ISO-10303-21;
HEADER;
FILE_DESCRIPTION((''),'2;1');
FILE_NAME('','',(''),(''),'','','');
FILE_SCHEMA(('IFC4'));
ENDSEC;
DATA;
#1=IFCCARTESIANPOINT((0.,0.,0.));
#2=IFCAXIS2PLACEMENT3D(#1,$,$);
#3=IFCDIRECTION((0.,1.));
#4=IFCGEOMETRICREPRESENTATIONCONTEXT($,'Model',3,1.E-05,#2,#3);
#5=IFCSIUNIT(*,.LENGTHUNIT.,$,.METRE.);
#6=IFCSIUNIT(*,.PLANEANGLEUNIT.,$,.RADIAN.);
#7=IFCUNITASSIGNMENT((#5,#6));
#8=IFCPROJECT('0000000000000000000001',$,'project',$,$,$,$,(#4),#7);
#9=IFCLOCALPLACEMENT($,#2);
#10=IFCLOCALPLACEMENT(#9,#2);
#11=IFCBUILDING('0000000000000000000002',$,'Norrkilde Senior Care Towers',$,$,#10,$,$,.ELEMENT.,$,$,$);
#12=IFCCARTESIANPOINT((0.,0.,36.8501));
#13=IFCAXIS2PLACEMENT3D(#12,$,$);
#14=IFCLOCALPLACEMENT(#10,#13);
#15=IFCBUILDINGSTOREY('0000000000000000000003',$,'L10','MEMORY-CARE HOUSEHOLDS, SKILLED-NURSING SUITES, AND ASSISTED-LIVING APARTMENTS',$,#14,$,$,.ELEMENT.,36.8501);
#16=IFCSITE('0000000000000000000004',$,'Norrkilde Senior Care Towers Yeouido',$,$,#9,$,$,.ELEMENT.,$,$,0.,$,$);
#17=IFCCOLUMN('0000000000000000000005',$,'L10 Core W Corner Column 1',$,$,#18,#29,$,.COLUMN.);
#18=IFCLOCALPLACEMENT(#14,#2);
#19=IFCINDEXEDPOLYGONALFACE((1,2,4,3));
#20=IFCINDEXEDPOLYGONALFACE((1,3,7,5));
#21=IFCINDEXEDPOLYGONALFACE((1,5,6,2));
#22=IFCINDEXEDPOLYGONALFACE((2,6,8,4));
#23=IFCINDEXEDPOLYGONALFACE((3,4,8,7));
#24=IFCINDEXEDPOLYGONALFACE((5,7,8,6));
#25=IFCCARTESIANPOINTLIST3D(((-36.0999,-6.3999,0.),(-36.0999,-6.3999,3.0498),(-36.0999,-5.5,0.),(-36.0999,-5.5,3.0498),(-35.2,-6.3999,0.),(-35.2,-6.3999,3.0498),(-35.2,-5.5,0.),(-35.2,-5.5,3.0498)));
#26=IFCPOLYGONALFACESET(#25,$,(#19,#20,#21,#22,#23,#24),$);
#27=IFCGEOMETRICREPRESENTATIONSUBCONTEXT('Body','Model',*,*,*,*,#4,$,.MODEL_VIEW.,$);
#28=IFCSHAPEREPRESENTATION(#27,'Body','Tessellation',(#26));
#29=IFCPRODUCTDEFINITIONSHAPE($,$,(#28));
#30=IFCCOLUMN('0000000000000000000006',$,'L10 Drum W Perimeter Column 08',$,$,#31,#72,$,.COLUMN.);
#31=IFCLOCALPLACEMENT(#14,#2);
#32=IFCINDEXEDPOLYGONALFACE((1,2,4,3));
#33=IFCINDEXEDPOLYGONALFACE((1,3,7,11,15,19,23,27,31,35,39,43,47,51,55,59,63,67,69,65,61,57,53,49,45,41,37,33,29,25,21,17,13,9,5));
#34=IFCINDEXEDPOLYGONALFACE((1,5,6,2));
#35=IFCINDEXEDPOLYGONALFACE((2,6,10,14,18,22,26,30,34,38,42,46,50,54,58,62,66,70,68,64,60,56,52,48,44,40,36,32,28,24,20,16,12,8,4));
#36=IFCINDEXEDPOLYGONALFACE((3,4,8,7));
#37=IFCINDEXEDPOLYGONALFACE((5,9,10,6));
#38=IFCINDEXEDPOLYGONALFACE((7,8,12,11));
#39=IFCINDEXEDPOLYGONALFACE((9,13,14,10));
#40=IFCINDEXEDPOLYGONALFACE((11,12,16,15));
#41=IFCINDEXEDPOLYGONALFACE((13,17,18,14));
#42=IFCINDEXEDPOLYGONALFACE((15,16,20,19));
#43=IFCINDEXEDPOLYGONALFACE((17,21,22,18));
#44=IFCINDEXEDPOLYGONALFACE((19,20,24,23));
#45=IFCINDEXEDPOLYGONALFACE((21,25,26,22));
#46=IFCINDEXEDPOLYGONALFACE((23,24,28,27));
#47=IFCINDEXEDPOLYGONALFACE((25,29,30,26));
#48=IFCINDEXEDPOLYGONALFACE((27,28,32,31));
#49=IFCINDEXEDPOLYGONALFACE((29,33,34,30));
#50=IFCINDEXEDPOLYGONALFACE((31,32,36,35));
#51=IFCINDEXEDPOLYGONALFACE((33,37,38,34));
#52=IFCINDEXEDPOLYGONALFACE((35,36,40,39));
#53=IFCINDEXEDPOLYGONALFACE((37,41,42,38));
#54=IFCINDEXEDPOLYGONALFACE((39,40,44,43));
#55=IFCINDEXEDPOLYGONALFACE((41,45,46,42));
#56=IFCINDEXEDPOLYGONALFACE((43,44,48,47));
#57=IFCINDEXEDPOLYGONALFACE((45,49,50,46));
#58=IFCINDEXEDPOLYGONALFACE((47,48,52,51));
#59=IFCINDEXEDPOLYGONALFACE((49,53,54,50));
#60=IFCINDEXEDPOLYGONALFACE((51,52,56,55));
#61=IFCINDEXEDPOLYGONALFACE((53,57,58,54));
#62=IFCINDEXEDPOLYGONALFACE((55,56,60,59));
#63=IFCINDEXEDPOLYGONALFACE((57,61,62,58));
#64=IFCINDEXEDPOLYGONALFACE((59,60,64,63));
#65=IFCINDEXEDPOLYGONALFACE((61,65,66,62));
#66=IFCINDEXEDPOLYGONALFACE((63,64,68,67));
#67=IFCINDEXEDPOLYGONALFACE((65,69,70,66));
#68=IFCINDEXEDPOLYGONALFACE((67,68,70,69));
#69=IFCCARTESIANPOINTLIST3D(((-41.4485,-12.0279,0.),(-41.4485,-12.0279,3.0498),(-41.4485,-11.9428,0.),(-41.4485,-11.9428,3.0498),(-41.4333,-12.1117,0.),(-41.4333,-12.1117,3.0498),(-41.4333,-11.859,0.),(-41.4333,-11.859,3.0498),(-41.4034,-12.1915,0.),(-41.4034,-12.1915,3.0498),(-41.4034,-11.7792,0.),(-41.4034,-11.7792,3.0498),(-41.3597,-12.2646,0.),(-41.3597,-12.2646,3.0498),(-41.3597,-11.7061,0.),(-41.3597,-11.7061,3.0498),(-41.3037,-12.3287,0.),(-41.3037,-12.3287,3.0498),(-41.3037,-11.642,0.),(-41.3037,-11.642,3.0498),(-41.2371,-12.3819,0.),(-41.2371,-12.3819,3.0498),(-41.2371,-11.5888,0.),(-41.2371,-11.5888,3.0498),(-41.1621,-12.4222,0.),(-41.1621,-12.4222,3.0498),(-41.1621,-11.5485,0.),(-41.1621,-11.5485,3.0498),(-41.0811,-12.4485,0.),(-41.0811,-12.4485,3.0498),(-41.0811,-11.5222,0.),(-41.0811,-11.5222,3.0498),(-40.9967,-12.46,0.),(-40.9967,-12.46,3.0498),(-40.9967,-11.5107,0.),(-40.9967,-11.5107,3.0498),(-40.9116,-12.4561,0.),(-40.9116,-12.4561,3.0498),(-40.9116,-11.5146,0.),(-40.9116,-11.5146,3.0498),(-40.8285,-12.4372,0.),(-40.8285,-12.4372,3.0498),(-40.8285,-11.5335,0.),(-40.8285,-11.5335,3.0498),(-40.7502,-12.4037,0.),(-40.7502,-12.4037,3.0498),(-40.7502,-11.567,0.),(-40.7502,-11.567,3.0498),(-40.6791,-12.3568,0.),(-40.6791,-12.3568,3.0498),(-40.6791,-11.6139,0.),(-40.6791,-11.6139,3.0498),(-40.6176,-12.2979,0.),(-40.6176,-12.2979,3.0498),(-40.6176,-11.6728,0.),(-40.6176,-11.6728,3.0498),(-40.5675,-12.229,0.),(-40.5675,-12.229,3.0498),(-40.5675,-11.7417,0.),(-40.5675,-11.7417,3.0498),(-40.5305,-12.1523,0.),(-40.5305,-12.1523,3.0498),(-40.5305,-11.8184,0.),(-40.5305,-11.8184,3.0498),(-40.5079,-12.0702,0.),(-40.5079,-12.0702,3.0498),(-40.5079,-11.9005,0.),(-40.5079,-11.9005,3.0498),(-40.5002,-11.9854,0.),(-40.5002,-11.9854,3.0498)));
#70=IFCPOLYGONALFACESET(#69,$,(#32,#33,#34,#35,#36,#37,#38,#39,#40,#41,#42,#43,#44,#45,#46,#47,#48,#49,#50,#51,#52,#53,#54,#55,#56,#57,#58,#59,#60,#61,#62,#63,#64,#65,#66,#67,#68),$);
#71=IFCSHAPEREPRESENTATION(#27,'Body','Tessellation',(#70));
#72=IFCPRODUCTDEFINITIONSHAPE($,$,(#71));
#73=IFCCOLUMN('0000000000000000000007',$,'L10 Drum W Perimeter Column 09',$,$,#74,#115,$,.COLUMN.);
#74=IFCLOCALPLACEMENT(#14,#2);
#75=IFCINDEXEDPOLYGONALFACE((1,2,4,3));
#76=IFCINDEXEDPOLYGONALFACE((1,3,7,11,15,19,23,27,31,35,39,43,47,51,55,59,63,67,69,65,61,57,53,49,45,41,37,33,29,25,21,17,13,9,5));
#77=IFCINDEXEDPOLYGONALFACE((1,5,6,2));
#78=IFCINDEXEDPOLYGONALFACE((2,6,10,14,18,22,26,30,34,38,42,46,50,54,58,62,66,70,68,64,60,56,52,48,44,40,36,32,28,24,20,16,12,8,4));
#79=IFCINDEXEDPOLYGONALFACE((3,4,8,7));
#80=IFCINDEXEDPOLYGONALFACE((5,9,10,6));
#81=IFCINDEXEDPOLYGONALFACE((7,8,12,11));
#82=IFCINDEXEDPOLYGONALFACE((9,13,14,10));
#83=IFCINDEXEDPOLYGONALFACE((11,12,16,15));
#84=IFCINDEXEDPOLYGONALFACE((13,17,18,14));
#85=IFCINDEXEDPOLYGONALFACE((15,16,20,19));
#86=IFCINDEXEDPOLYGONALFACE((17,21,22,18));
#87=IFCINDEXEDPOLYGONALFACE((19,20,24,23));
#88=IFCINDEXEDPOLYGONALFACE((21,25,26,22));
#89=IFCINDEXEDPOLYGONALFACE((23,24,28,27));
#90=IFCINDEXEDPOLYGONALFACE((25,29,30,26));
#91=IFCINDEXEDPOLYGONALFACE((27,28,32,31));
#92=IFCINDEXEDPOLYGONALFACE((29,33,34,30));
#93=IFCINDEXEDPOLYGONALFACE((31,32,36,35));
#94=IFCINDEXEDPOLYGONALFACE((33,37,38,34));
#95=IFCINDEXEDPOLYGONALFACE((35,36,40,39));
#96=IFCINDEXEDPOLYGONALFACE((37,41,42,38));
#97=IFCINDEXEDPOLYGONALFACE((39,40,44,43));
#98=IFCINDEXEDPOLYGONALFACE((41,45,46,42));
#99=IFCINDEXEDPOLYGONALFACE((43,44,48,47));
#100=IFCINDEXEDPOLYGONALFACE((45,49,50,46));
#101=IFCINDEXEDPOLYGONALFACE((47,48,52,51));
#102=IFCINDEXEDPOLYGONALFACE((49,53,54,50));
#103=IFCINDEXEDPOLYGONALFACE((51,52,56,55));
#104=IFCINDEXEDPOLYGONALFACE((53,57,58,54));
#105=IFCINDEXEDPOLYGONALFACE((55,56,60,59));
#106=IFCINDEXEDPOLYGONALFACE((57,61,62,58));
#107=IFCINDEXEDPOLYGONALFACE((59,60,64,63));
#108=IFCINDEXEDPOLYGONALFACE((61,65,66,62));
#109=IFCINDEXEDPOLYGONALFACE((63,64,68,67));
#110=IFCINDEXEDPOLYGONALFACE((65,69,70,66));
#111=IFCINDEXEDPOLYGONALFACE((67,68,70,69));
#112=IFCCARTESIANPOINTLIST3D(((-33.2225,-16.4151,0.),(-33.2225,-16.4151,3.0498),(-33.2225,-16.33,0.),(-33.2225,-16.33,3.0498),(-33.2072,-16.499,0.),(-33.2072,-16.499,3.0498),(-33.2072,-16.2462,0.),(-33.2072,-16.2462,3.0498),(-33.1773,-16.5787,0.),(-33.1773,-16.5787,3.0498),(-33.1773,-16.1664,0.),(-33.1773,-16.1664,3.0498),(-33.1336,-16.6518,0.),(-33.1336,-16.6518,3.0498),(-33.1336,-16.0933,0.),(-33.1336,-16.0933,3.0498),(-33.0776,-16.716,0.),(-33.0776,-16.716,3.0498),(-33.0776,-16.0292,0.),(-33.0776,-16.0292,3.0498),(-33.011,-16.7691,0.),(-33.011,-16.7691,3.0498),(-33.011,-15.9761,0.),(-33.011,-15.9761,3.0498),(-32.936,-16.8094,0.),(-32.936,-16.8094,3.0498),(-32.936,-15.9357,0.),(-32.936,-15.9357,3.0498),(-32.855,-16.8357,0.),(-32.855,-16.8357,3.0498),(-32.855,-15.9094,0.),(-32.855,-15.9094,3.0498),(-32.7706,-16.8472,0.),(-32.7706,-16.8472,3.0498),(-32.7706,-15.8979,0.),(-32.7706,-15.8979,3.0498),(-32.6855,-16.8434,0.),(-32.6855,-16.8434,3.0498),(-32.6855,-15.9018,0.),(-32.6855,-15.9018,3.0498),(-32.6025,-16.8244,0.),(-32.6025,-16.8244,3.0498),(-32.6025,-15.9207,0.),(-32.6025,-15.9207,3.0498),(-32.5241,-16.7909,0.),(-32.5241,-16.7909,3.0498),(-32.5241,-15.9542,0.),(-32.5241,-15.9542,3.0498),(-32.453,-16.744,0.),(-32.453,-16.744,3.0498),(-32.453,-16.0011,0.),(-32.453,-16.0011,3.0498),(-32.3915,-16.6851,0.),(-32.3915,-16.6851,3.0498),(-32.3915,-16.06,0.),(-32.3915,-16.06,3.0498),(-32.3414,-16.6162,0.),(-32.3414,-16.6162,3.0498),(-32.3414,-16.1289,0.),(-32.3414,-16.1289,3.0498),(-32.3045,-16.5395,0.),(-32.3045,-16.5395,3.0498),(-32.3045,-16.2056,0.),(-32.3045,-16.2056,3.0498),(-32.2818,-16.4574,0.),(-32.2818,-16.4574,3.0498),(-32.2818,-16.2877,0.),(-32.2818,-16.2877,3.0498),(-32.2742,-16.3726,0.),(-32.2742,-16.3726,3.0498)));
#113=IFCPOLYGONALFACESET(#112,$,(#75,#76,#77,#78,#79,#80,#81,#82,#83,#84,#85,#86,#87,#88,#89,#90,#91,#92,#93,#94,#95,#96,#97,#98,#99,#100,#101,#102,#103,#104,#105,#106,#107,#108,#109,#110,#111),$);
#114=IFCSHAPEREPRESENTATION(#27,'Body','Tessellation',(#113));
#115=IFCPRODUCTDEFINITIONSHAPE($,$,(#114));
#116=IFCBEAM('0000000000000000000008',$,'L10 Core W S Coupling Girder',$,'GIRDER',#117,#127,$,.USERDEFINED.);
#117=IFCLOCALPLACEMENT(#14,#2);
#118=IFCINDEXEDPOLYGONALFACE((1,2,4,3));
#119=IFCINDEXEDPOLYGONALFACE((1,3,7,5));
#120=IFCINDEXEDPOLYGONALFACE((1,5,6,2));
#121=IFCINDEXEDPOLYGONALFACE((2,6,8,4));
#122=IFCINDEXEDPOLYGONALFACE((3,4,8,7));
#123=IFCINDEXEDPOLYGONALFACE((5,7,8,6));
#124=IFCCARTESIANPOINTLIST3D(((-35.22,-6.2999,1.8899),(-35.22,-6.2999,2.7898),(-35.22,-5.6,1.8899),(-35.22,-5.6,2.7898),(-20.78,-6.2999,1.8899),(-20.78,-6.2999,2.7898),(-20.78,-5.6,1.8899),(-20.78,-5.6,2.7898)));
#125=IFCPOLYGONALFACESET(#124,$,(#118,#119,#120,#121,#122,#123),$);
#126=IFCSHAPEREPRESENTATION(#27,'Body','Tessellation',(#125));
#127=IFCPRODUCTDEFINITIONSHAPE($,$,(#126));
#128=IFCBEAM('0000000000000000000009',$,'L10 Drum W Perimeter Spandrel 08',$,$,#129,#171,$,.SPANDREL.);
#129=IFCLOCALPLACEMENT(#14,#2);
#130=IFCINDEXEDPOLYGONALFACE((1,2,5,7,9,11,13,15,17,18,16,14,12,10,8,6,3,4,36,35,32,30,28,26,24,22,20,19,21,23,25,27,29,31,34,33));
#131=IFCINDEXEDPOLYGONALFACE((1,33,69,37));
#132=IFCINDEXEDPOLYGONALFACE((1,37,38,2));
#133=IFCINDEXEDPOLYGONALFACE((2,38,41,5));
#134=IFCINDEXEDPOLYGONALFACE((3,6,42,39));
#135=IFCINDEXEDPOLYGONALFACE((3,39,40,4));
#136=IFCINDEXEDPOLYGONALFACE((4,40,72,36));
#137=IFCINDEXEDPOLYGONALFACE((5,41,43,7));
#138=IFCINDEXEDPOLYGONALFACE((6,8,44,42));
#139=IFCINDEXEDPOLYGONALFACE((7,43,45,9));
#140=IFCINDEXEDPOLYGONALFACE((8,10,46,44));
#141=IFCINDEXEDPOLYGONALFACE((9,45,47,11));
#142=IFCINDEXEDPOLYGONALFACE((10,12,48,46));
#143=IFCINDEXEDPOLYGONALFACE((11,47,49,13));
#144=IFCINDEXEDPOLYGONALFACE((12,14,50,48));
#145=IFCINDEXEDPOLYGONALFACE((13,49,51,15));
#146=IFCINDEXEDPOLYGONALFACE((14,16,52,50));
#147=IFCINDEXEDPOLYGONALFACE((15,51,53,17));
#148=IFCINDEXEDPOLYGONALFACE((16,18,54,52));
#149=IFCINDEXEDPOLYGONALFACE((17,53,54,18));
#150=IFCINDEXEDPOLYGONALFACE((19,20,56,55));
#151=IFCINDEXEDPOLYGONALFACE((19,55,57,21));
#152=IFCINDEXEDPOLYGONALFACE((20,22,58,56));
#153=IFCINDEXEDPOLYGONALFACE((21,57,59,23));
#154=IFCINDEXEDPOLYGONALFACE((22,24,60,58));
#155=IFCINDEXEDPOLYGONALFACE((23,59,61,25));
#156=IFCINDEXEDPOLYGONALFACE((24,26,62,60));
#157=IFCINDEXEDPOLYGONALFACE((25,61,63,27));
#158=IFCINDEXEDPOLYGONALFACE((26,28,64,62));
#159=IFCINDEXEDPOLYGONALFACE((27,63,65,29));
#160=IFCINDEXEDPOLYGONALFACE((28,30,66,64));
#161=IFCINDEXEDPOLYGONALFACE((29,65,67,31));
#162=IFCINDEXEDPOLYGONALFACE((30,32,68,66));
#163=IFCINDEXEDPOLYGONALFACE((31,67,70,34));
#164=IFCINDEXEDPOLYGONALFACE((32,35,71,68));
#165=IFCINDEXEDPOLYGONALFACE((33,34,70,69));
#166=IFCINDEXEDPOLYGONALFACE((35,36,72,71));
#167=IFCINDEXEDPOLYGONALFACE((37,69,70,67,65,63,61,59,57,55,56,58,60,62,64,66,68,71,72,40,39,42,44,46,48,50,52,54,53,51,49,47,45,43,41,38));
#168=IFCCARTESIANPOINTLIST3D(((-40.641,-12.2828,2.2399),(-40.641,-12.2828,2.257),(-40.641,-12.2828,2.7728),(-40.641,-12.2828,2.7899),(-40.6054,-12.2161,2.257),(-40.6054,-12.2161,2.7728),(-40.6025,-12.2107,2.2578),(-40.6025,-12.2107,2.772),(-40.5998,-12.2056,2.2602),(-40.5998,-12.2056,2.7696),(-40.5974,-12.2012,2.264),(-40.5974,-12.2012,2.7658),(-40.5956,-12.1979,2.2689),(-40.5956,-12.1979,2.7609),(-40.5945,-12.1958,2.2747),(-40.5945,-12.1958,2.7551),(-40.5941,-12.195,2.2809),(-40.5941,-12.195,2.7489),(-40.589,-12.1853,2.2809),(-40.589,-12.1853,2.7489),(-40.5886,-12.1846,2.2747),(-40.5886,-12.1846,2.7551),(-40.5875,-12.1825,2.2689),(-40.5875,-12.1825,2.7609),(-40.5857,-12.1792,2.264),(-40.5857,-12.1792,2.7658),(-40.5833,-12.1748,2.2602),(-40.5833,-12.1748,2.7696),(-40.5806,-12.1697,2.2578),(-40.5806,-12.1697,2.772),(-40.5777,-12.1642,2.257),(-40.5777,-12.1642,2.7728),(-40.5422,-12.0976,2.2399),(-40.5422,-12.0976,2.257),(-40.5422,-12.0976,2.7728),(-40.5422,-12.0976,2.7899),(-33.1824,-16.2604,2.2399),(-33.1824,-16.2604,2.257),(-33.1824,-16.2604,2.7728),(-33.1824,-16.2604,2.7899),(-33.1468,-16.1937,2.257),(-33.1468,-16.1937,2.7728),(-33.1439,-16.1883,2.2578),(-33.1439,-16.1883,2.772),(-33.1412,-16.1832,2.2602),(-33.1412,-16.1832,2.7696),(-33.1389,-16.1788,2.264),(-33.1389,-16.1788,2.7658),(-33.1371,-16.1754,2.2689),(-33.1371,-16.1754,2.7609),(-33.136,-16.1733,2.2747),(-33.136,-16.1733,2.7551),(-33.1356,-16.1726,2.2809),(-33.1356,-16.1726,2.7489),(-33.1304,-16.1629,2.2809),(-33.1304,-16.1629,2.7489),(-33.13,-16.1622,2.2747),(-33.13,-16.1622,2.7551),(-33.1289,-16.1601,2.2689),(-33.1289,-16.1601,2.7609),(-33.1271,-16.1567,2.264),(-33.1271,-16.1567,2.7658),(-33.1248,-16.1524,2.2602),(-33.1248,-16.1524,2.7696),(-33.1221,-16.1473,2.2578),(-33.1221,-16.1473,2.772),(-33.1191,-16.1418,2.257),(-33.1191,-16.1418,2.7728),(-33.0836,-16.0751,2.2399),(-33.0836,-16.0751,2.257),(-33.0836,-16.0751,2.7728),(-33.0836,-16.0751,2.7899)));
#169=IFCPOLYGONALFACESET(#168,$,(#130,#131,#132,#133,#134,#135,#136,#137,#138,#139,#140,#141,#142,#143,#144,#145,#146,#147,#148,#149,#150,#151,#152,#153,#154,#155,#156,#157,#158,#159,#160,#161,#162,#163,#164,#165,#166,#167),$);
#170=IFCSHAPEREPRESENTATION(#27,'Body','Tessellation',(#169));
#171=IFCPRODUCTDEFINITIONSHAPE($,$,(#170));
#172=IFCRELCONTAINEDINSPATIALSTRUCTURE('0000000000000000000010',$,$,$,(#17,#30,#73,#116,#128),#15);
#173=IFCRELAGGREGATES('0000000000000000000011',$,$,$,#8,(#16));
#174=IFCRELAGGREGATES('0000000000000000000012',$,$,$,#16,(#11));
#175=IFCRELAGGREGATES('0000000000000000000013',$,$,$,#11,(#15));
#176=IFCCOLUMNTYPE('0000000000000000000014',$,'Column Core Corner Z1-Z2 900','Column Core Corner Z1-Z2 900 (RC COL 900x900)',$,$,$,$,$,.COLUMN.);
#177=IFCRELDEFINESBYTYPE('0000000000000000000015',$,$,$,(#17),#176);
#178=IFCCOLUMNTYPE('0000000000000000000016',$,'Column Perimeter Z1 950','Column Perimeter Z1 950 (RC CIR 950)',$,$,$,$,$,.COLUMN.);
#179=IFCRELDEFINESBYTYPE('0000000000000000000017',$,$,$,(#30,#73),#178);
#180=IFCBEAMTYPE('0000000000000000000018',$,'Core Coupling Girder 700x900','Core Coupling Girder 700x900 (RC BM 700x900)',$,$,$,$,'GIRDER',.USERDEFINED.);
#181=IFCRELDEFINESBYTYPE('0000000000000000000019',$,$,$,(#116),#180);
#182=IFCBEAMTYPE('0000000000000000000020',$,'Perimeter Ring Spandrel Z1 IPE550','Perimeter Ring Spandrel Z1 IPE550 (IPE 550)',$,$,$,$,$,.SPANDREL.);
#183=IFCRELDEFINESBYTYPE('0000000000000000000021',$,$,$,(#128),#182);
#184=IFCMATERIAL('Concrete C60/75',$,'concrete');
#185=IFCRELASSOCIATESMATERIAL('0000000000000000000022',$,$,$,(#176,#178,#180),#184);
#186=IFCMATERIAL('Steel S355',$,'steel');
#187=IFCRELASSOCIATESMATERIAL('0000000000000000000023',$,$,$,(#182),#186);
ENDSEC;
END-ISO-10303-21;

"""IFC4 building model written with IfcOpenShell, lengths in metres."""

from ifc_helpers import new_model, si_unit, direction, frame, origin, origin_2d, place, context, subcontext, project, spatial, rectangle, circle, i_section, extrude, source, transform, mapped, material, material_profile, profile_set, type_object, type_shapes, element, save


model = new_model("IFC4")

# Units and contexts
model_context = context("Model", 3, precision=1e-05, world=origin(), true_north=direction((0.0, 1.0)))
body_context = subcontext(model_context, "Body", "Model", "MODEL_VIEW")
ifc_project = project(units=[si_unit("LENGTHUNIT", "METRE"), si_unit("PLANEANGLEUNIT", "RADIAN")], contexts=[model_context])

# Site, building, storey
site_placement = place(None, origin())
site = spatial("IfcSite", under=ifc_project, at=site_placement, Name="Norrkilde Senior Care Towers Yeouido", CompositionType="ELEMENT", RefElevation=0.0)
building_placement = place(site_placement, origin())
building = spatial("IfcBuilding", under=site, at=building_placement, Name="Norrkilde Senior Care Towers", CompositionType="ELEMENT")
storey_placement = place(building_placement, frame((0.0, 0.0, 36.8501)))
storey = spatial("IfcBuildingStorey", under=building, at=storey_placement, Name="L10", Description="MEMORY-CARE HOUSEHOLDS, SKILLED-NURSING SUITES, AND ASSISTED-LIVING APARTMENTS", CompositionType="ELEMENT", Elevation=36.8501)

# Columns
ifc_material_1 = material(Name="Concrete C60/75", Category="concrete")
ifc_material_profile_1 = material_profile(ifc_material_1, rectangle(XDim=0.8999, YDim=0.8999, at=origin_2d()), Name="RC COL 900x900")
ifc_profile_set_1 = profile_set([ifc_material_profile_1], Name="Concrete C60/75")
column_type_1 = type_object("IfcColumnType", Name="Column Core Corner Z1-Z2 900", Description="Column Core Corner Z1-Z2 900 (RC COL 900x900)", PredefinedType="COLUMN", material=ifc_profile_set_1)
shared_shape_1 = source(origin(), body_context, "Body", "SweptSolid", [
    extrude(rectangle(XDim=0.8999, YDim=0.8999, at=origin_2d()), origin(), (0.0, 0.0, 1.0), 3.0498),
])
type_shapes(column_type_1, [shared_shape_1])
column_placement = place(storey_placement, frame((-35.6499, -5.95, 0.0), z_axis=(0.0, 0.0, 1.0), x_axis=(1.0, 0.0, 0.0)))
element("IfcColumn", 1, at=column_placement, inside=storey, type_object=column_type_1, Name="L10 Core W Corner Column 1", PredefinedType="COLUMN", context=body_context, shape_type="MappedRepresentation", body=[
    mapped(shared_shape_1, transform((0.0, 0.0, 0.0), x_axis=(1.0, 0.0, 0.0), y_axis=(0.0, 1.0, 0.0), z_axis=(0.0, 0.0, 1.0), scale=1.0)),
])
ifc_material_profile_2 = material_profile(ifc_material_1, circle(Radius=0.4751, at=origin_2d()), Name="RC CIR 950")
ifc_profile_set_2 = profile_set([ifc_material_profile_2], Name="Concrete C60/75")
column_type_2 = type_object("IfcColumnType", Name="Column Perimeter Z1 950", Description="Column Perimeter Z1 950 (RC CIR 950)", PredefinedType="COLUMN", material=ifc_profile_set_2)
shared_shape_2 = source(origin(), body_context, "Body", "SweptSolid", [
    extrude(circle(Radius=0.4751, at=origin_2d()), origin(), (0.0, 0.0, 1.0), 3.0498),
])
type_shapes(column_type_2, [shared_shape_2])
for number, where, z_axis, x_axis, name in (
    (2, (-40.9753, -11.9854, 0.0), (0.0, 0.0, 1.0), (1.0, 0.0, 0.0), "L10 Drum W Perimeter Column 08"),
    (3, (-32.7493, -16.3726, 0.0), (0.0, 0.0, 1.0), (1.0, 0.0, 0.0), "L10 Drum W Perimeter Column 09"),
):
    element("IfcColumn", number, at=place(storey_placement, frame(where, z_axis=z_axis, x_axis=x_axis)), inside=storey, type_object=column_type_2, Name=name, PredefinedType="COLUMN", context=body_context, shape_type="MappedRepresentation", body=[
        mapped(shared_shape_2, transform((0.0, 0.0, 0.0), x_axis=(1.0, 0.0, 0.0), y_axis=(0.0, 1.0, 0.0), z_axis=(0.0, 0.0, 1.0), scale=1.0)),
    ])

# Beams
ifc_material_profile_3 = material_profile(ifc_material_1, rectangle(XDim=0.7, YDim=0.8999, at=origin_2d()), Name="RC BM 700x900")
ifc_profile_set_3 = profile_set([ifc_material_profile_3], Name="Concrete C60/75")
beam_type_1 = type_object("IfcBeamType", Name="Core Coupling Girder 700x900", Description="Core Coupling Girder 700x900 (RC BM 700x900)", ElementType="GIRDER", PredefinedType="USERDEFINED", material=ifc_profile_set_3)
shared_shape_3 = source(origin(), body_context, "Body", "SweptSolid", [
    extrude(rectangle(XDim=0.7, YDim=0.8999, at=origin_2d()), origin(), (0.0, 0.0, 1.0), 14.4399),
])
type_shapes(beam_type_1, [shared_shape_3])
beam_1_placement = place(storey_placement, frame((-35.22, -5.95, 2.3398), z_axis=(1.0, 0.0, 0.0), x_axis=(0.0, 1.0, 0.0)))
element("IfcBeam", 4, at=beam_1_placement, inside=storey, type_object=beam_type_1, Name="L10 Core W S Coupling Girder", ObjectType="GIRDER", PredefinedType="USERDEFINED", context=body_context, shape_type="MappedRepresentation", body=[
    mapped(shared_shape_3, transform((0.0, 0.0, 0.0), x_axis=(1.0, 0.0, 0.0), y_axis=(0.0, 1.0, 0.0), z_axis=(0.0, 0.0, 1.0), scale=1.0)),
])
ifc_material_2 = material(Name="Steel S355", Category="steel")
ifc_material_profile_4 = material_profile(ifc_material_2, i_section(OverallWidth=0.21, OverallDepth=0.55, WebThickness=0.011, FlangeThickness=0.0171, FilletRadius=0.0239, at=origin_2d()), Name="IPE 550")
ifc_profile_set_4 = profile_set([ifc_material_profile_4], Name="Steel S355")
beam_type_2 = type_object("IfcBeamType", Name="Perimeter Ring Spandrel Z1 IPE550", Description="Perimeter Ring Spandrel Z1 IPE550 (IPE 550)", PredefinedType="SPANDREL", material=ifc_profile_set_4)
shared_shape_4 = source(origin(), body_context, "Body", "SweptSolid", [
    extrude(i_section(OverallWidth=0.21, OverallDepth=0.55, WebThickness=0.011, FlangeThickness=0.0171, FilletRadius=0.0239, at=origin_2d()), origin(), (0.0, 0.0, 1.0), 8.4529),
])
beam_2_placement = place(storey_placement, frame((-40.5916, -12.1902, 2.5149), z_axis=(0.882369, -0.470558, 0.0), x_axis=(0.470558, 0.882369, 0.0)))
element("IfcBeam", 5, at=beam_2_placement, inside=storey, type_object=beam_type_2, Name="L10 Drum W Perimeter Spandrel 08", PredefinedType="SPANDREL", context=body_context, shape_type="MappedRepresentation", body=[
    mapped(shared_shape_4, transform((0.0, 0.0, 0.0), x_axis=(1.0, 0.0, 0.0), y_axis=(0.0, 1.0, 0.0), z_axis=(0.0, 0.0, 1.0), scale=1.0)),
])

save(model, "model.ifc")
